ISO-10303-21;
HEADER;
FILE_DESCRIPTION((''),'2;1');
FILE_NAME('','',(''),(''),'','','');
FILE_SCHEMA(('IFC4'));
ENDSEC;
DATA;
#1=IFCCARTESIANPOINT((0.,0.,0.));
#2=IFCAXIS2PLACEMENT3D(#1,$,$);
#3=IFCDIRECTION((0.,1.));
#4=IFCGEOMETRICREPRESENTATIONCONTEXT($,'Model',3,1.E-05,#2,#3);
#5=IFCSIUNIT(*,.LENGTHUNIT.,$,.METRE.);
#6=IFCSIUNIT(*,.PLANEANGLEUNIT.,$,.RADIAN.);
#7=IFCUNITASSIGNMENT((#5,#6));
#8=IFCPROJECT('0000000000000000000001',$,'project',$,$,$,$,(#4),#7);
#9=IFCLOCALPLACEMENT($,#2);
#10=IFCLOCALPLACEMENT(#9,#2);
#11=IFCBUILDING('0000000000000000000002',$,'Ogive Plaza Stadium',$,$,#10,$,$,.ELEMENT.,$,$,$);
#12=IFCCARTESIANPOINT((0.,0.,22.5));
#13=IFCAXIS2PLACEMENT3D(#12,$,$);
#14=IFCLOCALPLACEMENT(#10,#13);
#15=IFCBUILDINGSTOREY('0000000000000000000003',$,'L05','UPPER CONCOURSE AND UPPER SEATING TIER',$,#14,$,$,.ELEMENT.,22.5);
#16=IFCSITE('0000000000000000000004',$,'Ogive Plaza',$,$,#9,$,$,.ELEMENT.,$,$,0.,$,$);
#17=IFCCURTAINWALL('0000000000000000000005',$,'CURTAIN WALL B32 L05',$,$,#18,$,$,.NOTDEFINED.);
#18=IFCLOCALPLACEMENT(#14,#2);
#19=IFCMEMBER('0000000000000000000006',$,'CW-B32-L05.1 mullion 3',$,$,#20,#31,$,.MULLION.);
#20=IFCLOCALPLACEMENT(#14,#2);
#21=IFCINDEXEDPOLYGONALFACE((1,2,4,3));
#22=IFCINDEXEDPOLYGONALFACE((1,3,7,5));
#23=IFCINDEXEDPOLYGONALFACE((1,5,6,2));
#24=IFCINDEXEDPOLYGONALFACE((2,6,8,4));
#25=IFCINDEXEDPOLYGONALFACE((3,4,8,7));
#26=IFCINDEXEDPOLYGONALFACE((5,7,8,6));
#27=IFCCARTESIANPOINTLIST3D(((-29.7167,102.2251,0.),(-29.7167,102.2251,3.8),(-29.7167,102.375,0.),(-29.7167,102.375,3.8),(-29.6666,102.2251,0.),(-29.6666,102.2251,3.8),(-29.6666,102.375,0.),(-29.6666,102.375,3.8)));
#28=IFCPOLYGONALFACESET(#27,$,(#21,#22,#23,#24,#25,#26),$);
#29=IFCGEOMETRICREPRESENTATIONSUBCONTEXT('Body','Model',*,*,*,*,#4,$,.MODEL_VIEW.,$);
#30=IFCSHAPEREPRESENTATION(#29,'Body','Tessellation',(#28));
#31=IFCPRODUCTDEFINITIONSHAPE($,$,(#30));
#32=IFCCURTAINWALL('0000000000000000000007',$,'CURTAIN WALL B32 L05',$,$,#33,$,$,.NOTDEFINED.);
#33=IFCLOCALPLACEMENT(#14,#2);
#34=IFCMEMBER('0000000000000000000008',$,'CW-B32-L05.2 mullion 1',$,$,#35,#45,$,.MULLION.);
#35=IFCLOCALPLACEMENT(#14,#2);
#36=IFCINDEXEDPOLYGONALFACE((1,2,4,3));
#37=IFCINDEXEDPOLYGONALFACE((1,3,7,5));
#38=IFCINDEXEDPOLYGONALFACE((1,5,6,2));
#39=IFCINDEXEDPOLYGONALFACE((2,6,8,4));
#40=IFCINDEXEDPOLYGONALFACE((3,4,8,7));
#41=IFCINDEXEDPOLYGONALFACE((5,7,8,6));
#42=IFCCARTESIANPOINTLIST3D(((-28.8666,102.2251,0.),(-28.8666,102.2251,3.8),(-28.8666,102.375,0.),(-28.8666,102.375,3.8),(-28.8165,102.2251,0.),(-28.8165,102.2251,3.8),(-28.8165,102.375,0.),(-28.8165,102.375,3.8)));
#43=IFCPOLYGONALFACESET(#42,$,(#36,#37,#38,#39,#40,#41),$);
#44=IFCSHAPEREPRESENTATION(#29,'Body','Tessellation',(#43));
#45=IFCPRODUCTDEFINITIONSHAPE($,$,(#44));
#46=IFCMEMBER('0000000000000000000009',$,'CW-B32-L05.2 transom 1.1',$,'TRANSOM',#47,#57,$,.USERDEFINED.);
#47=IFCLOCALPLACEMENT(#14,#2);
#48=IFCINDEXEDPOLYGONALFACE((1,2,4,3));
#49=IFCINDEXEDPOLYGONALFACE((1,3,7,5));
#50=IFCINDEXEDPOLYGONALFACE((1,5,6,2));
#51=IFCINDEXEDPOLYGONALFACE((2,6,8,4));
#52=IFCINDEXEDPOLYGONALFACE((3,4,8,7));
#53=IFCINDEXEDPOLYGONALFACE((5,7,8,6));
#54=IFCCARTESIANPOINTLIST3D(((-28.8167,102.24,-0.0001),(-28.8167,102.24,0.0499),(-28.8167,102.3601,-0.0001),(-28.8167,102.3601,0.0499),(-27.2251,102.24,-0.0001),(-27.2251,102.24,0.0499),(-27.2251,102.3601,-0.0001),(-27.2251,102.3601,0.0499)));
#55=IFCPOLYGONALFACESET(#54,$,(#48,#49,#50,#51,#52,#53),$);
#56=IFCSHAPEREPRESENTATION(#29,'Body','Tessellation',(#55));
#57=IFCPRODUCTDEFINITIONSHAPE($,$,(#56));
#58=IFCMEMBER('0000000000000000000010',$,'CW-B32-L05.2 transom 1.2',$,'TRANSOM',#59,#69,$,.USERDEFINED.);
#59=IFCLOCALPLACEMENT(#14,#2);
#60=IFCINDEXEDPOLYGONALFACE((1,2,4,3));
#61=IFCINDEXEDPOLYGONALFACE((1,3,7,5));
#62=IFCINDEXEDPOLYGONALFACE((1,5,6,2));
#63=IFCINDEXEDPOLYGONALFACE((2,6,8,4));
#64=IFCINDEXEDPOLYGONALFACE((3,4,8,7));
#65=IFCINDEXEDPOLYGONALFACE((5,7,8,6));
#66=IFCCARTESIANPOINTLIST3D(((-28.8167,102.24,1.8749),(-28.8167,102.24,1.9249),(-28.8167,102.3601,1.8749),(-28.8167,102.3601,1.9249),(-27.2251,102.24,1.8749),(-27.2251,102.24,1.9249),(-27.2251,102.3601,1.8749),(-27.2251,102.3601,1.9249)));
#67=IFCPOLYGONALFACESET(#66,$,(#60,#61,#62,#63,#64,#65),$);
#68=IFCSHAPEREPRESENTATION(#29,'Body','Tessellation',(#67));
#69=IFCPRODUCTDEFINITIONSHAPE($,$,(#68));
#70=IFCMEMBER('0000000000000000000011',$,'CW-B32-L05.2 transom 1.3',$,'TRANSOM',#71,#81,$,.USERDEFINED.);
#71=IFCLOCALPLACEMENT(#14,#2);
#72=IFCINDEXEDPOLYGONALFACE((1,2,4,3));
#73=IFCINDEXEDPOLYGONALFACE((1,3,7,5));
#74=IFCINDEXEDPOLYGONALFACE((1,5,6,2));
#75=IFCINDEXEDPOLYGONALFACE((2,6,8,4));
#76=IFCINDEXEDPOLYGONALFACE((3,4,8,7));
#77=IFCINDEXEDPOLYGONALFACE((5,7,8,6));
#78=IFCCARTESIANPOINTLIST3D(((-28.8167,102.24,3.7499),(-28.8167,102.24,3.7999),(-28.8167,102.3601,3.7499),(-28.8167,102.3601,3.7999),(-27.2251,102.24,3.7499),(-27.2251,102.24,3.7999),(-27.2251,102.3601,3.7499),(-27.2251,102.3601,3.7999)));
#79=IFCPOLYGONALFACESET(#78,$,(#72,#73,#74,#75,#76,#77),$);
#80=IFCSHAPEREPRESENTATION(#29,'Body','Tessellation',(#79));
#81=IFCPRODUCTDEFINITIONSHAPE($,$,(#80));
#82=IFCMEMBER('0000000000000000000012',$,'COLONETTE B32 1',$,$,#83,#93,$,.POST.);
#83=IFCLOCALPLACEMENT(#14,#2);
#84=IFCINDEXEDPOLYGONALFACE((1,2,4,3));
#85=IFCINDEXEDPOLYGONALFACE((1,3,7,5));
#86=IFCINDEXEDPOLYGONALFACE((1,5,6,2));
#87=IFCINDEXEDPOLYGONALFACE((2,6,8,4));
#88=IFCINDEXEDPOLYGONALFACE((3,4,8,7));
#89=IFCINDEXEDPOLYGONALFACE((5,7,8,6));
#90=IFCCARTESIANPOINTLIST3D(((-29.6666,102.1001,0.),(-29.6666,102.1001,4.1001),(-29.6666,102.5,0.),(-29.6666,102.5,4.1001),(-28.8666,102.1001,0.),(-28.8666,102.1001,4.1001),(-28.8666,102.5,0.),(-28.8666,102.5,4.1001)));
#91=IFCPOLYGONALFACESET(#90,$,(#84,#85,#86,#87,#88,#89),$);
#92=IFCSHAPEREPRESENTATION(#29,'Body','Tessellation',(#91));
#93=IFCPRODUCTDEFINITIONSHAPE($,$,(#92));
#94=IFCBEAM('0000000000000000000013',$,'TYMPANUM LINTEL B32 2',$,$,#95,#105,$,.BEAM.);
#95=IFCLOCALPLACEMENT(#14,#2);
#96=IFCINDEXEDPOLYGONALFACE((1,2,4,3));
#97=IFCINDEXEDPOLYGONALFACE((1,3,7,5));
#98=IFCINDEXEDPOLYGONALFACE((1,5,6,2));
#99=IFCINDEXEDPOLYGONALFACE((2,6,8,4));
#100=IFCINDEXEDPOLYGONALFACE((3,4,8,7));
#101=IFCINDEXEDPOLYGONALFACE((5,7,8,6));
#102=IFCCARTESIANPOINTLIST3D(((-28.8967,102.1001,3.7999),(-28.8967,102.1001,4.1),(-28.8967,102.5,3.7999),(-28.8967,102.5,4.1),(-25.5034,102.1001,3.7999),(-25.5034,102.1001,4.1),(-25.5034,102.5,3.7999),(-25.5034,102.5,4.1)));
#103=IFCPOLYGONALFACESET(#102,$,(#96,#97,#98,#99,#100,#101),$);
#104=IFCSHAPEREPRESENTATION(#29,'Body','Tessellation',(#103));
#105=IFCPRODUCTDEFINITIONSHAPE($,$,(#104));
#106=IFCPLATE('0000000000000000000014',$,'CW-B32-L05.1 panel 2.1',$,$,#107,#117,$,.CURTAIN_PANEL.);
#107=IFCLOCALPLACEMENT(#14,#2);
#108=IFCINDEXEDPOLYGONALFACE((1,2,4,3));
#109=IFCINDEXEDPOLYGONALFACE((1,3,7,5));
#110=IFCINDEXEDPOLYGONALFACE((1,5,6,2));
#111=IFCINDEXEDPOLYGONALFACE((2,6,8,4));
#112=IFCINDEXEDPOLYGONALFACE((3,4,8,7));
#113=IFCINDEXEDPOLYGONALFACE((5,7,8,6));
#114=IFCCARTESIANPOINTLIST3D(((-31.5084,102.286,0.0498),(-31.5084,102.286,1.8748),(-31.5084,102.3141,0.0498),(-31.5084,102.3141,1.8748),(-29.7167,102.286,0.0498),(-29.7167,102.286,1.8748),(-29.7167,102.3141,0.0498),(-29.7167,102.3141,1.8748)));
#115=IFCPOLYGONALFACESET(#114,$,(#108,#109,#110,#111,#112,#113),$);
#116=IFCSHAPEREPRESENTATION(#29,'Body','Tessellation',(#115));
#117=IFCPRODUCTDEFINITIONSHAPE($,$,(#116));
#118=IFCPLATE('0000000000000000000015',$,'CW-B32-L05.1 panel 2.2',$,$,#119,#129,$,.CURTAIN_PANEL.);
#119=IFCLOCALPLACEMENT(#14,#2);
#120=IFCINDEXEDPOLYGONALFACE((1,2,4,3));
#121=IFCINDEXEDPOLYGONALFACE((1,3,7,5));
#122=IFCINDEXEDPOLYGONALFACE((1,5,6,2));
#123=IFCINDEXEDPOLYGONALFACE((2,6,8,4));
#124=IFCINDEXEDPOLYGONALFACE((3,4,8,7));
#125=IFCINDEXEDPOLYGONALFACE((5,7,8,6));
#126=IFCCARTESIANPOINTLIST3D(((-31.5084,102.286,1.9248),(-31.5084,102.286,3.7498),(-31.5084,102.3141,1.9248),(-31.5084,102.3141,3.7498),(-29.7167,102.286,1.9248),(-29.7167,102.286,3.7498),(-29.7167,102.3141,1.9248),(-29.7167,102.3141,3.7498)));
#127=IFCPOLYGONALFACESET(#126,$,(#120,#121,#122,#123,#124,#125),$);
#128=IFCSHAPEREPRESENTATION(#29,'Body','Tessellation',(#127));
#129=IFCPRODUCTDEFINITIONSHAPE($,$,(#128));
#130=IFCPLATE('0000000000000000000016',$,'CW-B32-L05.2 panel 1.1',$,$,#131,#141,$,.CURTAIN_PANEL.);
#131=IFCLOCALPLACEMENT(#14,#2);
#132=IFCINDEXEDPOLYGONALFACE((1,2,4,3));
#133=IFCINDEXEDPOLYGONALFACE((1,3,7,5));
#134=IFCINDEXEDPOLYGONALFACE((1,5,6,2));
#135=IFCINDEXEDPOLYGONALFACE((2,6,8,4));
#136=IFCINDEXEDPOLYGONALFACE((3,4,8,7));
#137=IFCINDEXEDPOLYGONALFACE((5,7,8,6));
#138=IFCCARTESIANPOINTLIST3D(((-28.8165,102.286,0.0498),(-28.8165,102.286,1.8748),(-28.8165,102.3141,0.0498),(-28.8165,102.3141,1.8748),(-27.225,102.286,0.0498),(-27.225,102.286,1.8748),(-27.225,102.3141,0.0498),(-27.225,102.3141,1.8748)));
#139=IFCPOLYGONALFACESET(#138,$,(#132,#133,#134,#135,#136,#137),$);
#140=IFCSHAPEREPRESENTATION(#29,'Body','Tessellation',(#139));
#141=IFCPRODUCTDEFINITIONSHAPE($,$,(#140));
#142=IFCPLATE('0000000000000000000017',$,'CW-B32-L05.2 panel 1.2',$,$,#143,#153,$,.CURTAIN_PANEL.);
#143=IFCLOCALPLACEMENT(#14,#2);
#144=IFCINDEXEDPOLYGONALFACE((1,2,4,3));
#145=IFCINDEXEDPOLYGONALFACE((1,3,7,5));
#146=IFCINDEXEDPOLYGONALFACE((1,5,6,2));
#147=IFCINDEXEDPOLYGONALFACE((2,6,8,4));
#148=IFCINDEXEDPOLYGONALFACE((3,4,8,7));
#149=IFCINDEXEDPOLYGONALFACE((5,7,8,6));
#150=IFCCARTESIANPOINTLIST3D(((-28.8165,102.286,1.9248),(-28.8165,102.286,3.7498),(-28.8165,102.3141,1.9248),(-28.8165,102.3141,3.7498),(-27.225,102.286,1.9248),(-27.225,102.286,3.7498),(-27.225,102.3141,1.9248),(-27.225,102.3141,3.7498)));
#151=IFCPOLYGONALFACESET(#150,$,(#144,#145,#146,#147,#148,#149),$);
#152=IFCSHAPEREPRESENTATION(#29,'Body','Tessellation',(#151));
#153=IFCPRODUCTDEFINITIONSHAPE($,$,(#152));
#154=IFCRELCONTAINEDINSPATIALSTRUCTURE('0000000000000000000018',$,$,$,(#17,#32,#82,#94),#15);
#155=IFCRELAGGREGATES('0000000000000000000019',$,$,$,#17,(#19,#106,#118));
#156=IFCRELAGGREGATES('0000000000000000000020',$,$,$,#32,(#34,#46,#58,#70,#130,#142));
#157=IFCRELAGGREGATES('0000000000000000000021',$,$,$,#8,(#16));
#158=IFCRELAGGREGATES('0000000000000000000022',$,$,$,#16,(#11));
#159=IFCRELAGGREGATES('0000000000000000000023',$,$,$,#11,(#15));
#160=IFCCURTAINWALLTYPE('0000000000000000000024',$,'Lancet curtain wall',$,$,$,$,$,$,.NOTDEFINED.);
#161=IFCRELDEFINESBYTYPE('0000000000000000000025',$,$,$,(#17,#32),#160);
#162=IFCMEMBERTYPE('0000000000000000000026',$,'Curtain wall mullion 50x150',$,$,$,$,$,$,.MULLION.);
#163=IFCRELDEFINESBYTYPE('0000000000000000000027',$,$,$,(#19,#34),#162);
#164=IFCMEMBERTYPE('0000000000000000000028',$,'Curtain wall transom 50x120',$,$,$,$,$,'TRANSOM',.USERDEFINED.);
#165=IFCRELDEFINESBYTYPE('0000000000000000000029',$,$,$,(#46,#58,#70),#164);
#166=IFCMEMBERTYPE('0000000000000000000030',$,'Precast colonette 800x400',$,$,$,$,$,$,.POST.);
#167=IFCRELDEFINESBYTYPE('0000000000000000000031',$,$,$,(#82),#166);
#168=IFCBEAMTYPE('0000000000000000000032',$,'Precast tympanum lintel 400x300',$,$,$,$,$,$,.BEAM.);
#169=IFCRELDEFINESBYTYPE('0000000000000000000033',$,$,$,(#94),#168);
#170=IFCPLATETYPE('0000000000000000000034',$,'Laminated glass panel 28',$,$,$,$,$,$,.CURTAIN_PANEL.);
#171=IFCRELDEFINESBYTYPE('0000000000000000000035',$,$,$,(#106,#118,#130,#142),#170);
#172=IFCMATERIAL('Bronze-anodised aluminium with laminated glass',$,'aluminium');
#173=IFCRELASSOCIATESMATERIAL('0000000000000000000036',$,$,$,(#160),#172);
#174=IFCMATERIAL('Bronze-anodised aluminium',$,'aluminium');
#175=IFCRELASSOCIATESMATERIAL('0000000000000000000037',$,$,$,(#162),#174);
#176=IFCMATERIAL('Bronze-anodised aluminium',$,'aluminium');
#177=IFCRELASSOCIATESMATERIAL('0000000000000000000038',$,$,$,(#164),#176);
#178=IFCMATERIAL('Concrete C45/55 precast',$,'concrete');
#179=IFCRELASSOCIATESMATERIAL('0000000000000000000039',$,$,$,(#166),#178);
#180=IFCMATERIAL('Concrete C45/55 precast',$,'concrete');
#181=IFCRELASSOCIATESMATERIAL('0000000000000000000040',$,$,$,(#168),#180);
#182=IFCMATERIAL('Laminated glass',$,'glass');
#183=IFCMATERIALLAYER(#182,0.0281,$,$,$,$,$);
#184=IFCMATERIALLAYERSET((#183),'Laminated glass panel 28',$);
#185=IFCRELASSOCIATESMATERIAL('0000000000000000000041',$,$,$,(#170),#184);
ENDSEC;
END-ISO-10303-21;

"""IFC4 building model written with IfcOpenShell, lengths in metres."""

from ifc_helpers import new_model, si_unit, direction, frame, origin, origin_2d, place, context, subcontext, project, spatial, rectangle, extrude, material, layer, layer_set, material_profile, profile_set, type_object, element, aggregate, save


model = new_model("IFC4")

# Units and contexts
model_context = context("Model", 3, precision=1e-05, world=origin(), true_north=direction((0.0, 1.0)))
body_context = subcontext(model_context, "Body", "Model", "MODEL_VIEW")
ifc_project = project(units=[si_unit("LENGTHUNIT", "METRE"), si_unit("PLANEANGLEUNIT", "RADIAN")], contexts=[model_context])

# Site, building, storey
site_placement = place(None, origin())
site = spatial("IfcSite", under=ifc_project, at=site_placement, Name="Ogive Plaza", CompositionType="ELEMENT", RefElevation=0.0)
building_placement = place(site_placement, origin())
building = spatial("IfcBuilding", under=site, at=building_placement, Name="Ogive Plaza Stadium", CompositionType="ELEMENT")
storey_placement = place(building_placement, frame((0.0, 0.0, 22.5)))
storey = spatial("IfcBuildingStorey", under=building, at=storey_placement, Name="L05", Description="UPPER CONCOURSE AND UPPER SEATING TIER", CompositionType="ELEMENT", Elevation=22.5)

# Curtain wall, member
ifc_material_1 = material(Name="Bronze-anodised aluminium with laminated glass", Category="aluminium")
curtain_wall_type = type_object("IfcCurtainWallType", Name="Lancet curtain wall", PredefinedType="NOTDEFINED", material=ifc_material_1)
curtain_wall_1_placement = place(storey_placement, origin())
curtain_wall_1 = element("IfcCurtainWall", 1, at=curtain_wall_1_placement, inside=storey, type_object=curtain_wall_type, Name="CURTAIN WALL B32 L05", PredefinedType="NOTDEFINED")
ifc_material_2 = material(Name="Bronze-anodised aluminium", Category="aluminium")
ifc_material_profile_1 = material_profile(ifc_material_2, rectangle(XDim=0.1499, YDim=0.05, at=origin_2d()), Name="AL 150x50")
ifc_profile_set_1 = profile_set([ifc_material_profile_1], Name="Bronze-anodised aluminium")
member_type_1 = type_object("IfcMemberType", Name="Curtain wall mullion 50x150", PredefinedType="MULLION", material=ifc_profile_set_1)
member_1_placement = place(storey_placement, frame((-29.6917, 102.3, 0.0), z_axis=(0.0, 0.0, 1.0), x_axis=(0.0, 1.0, 0.0)))
member_1 = element("IfcMember", 2, at=member_1_placement, type_object=member_type_1, Name="CW-B32-L05.1 mullion 3", PredefinedType="MULLION", context=body_context, shape_type="SweptSolid", body=[
    extrude(rectangle(XDim=0.1499, YDim=0.05, at=origin_2d()), origin(), (0.0, 0.0, 1.0), 3.8),
])

# Curtain wall, members
curtain_wall_2_placement = place(storey_placement, origin())
curtain_wall_2 = element("IfcCurtainWall", 3, at=curtain_wall_2_placement, inside=storey, type_object=curtain_wall_type, Name="CURTAIN WALL B32 L05", PredefinedType="NOTDEFINED")
member_2_placement = place(storey_placement, frame((-28.8416, 102.3, 0.0), z_axis=(0.0, 0.0, 1.0), x_axis=(0.0, 1.0, 0.0)))
member_2 = element("IfcMember", 4, at=member_2_placement, type_object=member_type_1, Name="CW-B32-L05.2 mullion 1", PredefinedType="MULLION", context=body_context, shape_type="SweptSolid", body=[
    extrude(rectangle(XDim=0.1499, YDim=0.05, at=origin_2d()), origin(), (0.0, 0.0, 1.0), 3.8),
])
ifc_material_3 = material(Name="Bronze-anodised aluminium", Category="aluminium")
ifc_material_profile_2 = material_profile(ifc_material_3, rectangle(XDim=0.1201, YDim=0.05, at=origin_2d()), Name="AL 120x50")
ifc_profile_set_2 = profile_set([ifc_material_profile_2], Name="Bronze-anodised aluminium")
member_type_2 = type_object("IfcMemberType", Name="Curtain wall transom 50x120", ElementType="TRANSOM", PredefinedType="USERDEFINED", material=ifc_profile_set_2)
member_3_placement = place(storey_placement, frame((-28.8167, 102.3, 0.0249), z_axis=(1.0, 0.0, 0.0), x_axis=(0.0, 1.0, 0.0)))
member_3 = element("IfcMember", 5, at=member_3_placement, type_object=member_type_2, Name="CW-B32-L05.2 transom 1.1", ObjectType="TRANSOM", PredefinedType="USERDEFINED", context=body_context, shape_type="SweptSolid", body=[
    extrude(rectangle(XDim=0.1201, YDim=0.05, at=origin_2d()), origin(), (0.0, 0.0, 1.0), 1.5916),
])
member_4_placement = place(storey_placement, frame((-28.8167, 102.3, 1.8999), z_axis=(1.0, 0.0, 0.0), x_axis=(0.0, 1.0, 0.0)))
member_4 = element("IfcMember", 6, at=member_4_placement, type_object=member_type_2, Name="CW-B32-L05.2 transom 1.2", ObjectType="TRANSOM", PredefinedType="USERDEFINED", context=body_context, shape_type="SweptSolid", body=[
    extrude(rectangle(XDim=0.1201, YDim=0.05, at=origin_2d()), origin(), (0.0, 0.0, 1.0), 1.5916),
])
member_5_placement = place(storey_placement, frame((-28.8167, 102.3, 3.7749), z_axis=(1.0, 0.0, 0.0), x_axis=(0.0, 1.0, 0.0)))
member_5 = element("IfcMember", 7, at=member_5_placement, type_object=member_type_2, Name="CW-B32-L05.2 transom 1.3", ObjectType="TRANSOM", PredefinedType="USERDEFINED", context=body_context, shape_type="SweptSolid", body=[
    extrude(rectangle(XDim=0.1201, YDim=0.05, at=origin_2d()), origin(), (0.0, 0.0, 1.0), 1.5916),
])

# Member
ifc_material_4 = material(Name="Concrete C45/55 precast", Category="concrete")
ifc_material_profile_3 = material_profile(ifc_material_4, rectangle(XDim=0.3999, YDim=0.8, at=origin_2d()), Name="RC 400x800")
ifc_profile_set_3 = profile_set([ifc_material_profile_3], Name="Concrete C45/55 precast")
member_type_3 = type_object("IfcMemberType", Name="Precast colonette 800x400", PredefinedType="POST", material=ifc_profile_set_3)
member_6_placement = place(storey_placement, frame((-29.2666, 102.3, 0.0), z_axis=(0.0, 0.0, 1.0), x_axis=(0.0, 1.0, 0.0)))
element("IfcMember", 8, at=member_6_placement, inside=storey, type_object=member_type_3, Name="COLONETTE B32 1", PredefinedType="POST", context=body_context, shape_type="SweptSolid", body=[
    extrude(rectangle(XDim=0.3999, YDim=0.8, at=origin_2d()), origin(), (0.0, 0.0, 1.0), 4.1001),
])

# Beam
ifc_material_5 = material(Name="Concrete C45/55 precast", Category="concrete")
ifc_material_profile_4 = material_profile(ifc_material_5, rectangle(XDim=0.3999, YDim=0.3, at=origin_2d()), Name="RC 400x300")
ifc_profile_set_4 = profile_set([ifc_material_profile_4], Name="Concrete C45/55 precast")
beam_type = type_object("IfcBeamType", Name="Precast tympanum lintel 400x300", PredefinedType="BEAM", material=ifc_profile_set_4)
beam_placement = place(storey_placement, frame((-28.8967, 102.3, 3.95), z_axis=(1.0, 0.0, 0.0), x_axis=(0.0, 1.0, 0.0)))
element("IfcBeam", 9, at=beam_placement, inside=storey, type_object=beam_type, Name="TYMPANUM LINTEL B32 2", PredefinedType="BEAM", context=body_context, shape_type="SweptSolid", body=[
    extrude(rectangle(XDim=0.3999, YDim=0.3, at=origin_2d()), origin(), (0.0, 0.0, 1.0), 3.3933),
])

# Plates
ifc_material_6 = material(Name="Laminated glass", Category="glass")
ifc_layer_1 = layer(ifc_material_6, 0.0281)
ifc_layer_set_1 = layer_set([ifc_layer_1], Name="Laminated glass panel 28")
plate_type = type_object("IfcPlateType", Name="Laminated glass panel 28", PredefinedType="CURTAIN_PANEL", material=ifc_layer_set_1)
plate_1_placement = place(storey_placement, frame((-30.6125, 102.3, 0.0498), z_axis=(0.0, 0.0, 1.0), x_axis=(1.0, 0.0, 0.0)))
plate_1 = element("IfcPlate", 10, at=plate_1_placement, type_object=plate_type, Name="CW-B32-L05.1 panel 2.1", PredefinedType="CURTAIN_PANEL", context=body_context, shape_type="SweptSolid", body=[
    extrude(rectangle(XDim=1.7917, YDim=0.0281, at=origin_2d()), origin(), (0.0, 0.0, 1.0), 1.825),
])
plate_2_placement = place(storey_placement, frame((-30.6125, 102.3, 1.9248), z_axis=(0.0, 0.0, 1.0), x_axis=(1.0, 0.0, 0.0)))
plate_2 = element("IfcPlate", 11, at=plate_2_placement, type_object=plate_type, Name="CW-B32-L05.1 panel 2.2", PredefinedType="CURTAIN_PANEL", context=body_context, shape_type="SweptSolid", body=[
    extrude(rectangle(XDim=1.7917, YDim=0.0281, at=origin_2d()), origin(), (0.0, 0.0, 1.0), 1.825),
])
aggregate(curtain_wall_1, [member_1, plate_1, plate_2])
plate_3_placement = place(storey_placement, frame((-28.0208, 102.3, 0.0498), z_axis=(0.0, 0.0, 1.0), x_axis=(1.0, 0.0, 0.0)))
plate_3 = element("IfcPlate", 12, at=plate_3_placement, type_object=plate_type, Name="CW-B32-L05.2 panel 1.1", PredefinedType="CURTAIN_PANEL", context=body_context, shape_type="SweptSolid", body=[
    extrude(rectangle(XDim=1.5916, YDim=0.0281, at=origin_2d()), origin(), (0.0, 0.0, 1.0), 1.825),
])
plate_4_placement = place(storey_placement, frame((-28.0208, 102.3, 1.9248), z_axis=(0.0, 0.0, 1.0), x_axis=(1.0, 0.0, 0.0)))
plate_4 = element("IfcPlate", 13, at=plate_4_placement, type_object=plate_type, Name="CW-B32-L05.2 panel 1.2", PredefinedType="CURTAIN_PANEL", context=body_context, shape_type="SweptSolid", body=[
    extrude(rectangle(XDim=1.5916, YDim=0.0281, at=origin_2d()), origin(), (0.0, 0.0, 1.0), 1.825),
])
aggregate(curtain_wall_2, [member_2, member_3, member_4, member_5, plate_3, plate_4])

save(model, "model.ifc")
